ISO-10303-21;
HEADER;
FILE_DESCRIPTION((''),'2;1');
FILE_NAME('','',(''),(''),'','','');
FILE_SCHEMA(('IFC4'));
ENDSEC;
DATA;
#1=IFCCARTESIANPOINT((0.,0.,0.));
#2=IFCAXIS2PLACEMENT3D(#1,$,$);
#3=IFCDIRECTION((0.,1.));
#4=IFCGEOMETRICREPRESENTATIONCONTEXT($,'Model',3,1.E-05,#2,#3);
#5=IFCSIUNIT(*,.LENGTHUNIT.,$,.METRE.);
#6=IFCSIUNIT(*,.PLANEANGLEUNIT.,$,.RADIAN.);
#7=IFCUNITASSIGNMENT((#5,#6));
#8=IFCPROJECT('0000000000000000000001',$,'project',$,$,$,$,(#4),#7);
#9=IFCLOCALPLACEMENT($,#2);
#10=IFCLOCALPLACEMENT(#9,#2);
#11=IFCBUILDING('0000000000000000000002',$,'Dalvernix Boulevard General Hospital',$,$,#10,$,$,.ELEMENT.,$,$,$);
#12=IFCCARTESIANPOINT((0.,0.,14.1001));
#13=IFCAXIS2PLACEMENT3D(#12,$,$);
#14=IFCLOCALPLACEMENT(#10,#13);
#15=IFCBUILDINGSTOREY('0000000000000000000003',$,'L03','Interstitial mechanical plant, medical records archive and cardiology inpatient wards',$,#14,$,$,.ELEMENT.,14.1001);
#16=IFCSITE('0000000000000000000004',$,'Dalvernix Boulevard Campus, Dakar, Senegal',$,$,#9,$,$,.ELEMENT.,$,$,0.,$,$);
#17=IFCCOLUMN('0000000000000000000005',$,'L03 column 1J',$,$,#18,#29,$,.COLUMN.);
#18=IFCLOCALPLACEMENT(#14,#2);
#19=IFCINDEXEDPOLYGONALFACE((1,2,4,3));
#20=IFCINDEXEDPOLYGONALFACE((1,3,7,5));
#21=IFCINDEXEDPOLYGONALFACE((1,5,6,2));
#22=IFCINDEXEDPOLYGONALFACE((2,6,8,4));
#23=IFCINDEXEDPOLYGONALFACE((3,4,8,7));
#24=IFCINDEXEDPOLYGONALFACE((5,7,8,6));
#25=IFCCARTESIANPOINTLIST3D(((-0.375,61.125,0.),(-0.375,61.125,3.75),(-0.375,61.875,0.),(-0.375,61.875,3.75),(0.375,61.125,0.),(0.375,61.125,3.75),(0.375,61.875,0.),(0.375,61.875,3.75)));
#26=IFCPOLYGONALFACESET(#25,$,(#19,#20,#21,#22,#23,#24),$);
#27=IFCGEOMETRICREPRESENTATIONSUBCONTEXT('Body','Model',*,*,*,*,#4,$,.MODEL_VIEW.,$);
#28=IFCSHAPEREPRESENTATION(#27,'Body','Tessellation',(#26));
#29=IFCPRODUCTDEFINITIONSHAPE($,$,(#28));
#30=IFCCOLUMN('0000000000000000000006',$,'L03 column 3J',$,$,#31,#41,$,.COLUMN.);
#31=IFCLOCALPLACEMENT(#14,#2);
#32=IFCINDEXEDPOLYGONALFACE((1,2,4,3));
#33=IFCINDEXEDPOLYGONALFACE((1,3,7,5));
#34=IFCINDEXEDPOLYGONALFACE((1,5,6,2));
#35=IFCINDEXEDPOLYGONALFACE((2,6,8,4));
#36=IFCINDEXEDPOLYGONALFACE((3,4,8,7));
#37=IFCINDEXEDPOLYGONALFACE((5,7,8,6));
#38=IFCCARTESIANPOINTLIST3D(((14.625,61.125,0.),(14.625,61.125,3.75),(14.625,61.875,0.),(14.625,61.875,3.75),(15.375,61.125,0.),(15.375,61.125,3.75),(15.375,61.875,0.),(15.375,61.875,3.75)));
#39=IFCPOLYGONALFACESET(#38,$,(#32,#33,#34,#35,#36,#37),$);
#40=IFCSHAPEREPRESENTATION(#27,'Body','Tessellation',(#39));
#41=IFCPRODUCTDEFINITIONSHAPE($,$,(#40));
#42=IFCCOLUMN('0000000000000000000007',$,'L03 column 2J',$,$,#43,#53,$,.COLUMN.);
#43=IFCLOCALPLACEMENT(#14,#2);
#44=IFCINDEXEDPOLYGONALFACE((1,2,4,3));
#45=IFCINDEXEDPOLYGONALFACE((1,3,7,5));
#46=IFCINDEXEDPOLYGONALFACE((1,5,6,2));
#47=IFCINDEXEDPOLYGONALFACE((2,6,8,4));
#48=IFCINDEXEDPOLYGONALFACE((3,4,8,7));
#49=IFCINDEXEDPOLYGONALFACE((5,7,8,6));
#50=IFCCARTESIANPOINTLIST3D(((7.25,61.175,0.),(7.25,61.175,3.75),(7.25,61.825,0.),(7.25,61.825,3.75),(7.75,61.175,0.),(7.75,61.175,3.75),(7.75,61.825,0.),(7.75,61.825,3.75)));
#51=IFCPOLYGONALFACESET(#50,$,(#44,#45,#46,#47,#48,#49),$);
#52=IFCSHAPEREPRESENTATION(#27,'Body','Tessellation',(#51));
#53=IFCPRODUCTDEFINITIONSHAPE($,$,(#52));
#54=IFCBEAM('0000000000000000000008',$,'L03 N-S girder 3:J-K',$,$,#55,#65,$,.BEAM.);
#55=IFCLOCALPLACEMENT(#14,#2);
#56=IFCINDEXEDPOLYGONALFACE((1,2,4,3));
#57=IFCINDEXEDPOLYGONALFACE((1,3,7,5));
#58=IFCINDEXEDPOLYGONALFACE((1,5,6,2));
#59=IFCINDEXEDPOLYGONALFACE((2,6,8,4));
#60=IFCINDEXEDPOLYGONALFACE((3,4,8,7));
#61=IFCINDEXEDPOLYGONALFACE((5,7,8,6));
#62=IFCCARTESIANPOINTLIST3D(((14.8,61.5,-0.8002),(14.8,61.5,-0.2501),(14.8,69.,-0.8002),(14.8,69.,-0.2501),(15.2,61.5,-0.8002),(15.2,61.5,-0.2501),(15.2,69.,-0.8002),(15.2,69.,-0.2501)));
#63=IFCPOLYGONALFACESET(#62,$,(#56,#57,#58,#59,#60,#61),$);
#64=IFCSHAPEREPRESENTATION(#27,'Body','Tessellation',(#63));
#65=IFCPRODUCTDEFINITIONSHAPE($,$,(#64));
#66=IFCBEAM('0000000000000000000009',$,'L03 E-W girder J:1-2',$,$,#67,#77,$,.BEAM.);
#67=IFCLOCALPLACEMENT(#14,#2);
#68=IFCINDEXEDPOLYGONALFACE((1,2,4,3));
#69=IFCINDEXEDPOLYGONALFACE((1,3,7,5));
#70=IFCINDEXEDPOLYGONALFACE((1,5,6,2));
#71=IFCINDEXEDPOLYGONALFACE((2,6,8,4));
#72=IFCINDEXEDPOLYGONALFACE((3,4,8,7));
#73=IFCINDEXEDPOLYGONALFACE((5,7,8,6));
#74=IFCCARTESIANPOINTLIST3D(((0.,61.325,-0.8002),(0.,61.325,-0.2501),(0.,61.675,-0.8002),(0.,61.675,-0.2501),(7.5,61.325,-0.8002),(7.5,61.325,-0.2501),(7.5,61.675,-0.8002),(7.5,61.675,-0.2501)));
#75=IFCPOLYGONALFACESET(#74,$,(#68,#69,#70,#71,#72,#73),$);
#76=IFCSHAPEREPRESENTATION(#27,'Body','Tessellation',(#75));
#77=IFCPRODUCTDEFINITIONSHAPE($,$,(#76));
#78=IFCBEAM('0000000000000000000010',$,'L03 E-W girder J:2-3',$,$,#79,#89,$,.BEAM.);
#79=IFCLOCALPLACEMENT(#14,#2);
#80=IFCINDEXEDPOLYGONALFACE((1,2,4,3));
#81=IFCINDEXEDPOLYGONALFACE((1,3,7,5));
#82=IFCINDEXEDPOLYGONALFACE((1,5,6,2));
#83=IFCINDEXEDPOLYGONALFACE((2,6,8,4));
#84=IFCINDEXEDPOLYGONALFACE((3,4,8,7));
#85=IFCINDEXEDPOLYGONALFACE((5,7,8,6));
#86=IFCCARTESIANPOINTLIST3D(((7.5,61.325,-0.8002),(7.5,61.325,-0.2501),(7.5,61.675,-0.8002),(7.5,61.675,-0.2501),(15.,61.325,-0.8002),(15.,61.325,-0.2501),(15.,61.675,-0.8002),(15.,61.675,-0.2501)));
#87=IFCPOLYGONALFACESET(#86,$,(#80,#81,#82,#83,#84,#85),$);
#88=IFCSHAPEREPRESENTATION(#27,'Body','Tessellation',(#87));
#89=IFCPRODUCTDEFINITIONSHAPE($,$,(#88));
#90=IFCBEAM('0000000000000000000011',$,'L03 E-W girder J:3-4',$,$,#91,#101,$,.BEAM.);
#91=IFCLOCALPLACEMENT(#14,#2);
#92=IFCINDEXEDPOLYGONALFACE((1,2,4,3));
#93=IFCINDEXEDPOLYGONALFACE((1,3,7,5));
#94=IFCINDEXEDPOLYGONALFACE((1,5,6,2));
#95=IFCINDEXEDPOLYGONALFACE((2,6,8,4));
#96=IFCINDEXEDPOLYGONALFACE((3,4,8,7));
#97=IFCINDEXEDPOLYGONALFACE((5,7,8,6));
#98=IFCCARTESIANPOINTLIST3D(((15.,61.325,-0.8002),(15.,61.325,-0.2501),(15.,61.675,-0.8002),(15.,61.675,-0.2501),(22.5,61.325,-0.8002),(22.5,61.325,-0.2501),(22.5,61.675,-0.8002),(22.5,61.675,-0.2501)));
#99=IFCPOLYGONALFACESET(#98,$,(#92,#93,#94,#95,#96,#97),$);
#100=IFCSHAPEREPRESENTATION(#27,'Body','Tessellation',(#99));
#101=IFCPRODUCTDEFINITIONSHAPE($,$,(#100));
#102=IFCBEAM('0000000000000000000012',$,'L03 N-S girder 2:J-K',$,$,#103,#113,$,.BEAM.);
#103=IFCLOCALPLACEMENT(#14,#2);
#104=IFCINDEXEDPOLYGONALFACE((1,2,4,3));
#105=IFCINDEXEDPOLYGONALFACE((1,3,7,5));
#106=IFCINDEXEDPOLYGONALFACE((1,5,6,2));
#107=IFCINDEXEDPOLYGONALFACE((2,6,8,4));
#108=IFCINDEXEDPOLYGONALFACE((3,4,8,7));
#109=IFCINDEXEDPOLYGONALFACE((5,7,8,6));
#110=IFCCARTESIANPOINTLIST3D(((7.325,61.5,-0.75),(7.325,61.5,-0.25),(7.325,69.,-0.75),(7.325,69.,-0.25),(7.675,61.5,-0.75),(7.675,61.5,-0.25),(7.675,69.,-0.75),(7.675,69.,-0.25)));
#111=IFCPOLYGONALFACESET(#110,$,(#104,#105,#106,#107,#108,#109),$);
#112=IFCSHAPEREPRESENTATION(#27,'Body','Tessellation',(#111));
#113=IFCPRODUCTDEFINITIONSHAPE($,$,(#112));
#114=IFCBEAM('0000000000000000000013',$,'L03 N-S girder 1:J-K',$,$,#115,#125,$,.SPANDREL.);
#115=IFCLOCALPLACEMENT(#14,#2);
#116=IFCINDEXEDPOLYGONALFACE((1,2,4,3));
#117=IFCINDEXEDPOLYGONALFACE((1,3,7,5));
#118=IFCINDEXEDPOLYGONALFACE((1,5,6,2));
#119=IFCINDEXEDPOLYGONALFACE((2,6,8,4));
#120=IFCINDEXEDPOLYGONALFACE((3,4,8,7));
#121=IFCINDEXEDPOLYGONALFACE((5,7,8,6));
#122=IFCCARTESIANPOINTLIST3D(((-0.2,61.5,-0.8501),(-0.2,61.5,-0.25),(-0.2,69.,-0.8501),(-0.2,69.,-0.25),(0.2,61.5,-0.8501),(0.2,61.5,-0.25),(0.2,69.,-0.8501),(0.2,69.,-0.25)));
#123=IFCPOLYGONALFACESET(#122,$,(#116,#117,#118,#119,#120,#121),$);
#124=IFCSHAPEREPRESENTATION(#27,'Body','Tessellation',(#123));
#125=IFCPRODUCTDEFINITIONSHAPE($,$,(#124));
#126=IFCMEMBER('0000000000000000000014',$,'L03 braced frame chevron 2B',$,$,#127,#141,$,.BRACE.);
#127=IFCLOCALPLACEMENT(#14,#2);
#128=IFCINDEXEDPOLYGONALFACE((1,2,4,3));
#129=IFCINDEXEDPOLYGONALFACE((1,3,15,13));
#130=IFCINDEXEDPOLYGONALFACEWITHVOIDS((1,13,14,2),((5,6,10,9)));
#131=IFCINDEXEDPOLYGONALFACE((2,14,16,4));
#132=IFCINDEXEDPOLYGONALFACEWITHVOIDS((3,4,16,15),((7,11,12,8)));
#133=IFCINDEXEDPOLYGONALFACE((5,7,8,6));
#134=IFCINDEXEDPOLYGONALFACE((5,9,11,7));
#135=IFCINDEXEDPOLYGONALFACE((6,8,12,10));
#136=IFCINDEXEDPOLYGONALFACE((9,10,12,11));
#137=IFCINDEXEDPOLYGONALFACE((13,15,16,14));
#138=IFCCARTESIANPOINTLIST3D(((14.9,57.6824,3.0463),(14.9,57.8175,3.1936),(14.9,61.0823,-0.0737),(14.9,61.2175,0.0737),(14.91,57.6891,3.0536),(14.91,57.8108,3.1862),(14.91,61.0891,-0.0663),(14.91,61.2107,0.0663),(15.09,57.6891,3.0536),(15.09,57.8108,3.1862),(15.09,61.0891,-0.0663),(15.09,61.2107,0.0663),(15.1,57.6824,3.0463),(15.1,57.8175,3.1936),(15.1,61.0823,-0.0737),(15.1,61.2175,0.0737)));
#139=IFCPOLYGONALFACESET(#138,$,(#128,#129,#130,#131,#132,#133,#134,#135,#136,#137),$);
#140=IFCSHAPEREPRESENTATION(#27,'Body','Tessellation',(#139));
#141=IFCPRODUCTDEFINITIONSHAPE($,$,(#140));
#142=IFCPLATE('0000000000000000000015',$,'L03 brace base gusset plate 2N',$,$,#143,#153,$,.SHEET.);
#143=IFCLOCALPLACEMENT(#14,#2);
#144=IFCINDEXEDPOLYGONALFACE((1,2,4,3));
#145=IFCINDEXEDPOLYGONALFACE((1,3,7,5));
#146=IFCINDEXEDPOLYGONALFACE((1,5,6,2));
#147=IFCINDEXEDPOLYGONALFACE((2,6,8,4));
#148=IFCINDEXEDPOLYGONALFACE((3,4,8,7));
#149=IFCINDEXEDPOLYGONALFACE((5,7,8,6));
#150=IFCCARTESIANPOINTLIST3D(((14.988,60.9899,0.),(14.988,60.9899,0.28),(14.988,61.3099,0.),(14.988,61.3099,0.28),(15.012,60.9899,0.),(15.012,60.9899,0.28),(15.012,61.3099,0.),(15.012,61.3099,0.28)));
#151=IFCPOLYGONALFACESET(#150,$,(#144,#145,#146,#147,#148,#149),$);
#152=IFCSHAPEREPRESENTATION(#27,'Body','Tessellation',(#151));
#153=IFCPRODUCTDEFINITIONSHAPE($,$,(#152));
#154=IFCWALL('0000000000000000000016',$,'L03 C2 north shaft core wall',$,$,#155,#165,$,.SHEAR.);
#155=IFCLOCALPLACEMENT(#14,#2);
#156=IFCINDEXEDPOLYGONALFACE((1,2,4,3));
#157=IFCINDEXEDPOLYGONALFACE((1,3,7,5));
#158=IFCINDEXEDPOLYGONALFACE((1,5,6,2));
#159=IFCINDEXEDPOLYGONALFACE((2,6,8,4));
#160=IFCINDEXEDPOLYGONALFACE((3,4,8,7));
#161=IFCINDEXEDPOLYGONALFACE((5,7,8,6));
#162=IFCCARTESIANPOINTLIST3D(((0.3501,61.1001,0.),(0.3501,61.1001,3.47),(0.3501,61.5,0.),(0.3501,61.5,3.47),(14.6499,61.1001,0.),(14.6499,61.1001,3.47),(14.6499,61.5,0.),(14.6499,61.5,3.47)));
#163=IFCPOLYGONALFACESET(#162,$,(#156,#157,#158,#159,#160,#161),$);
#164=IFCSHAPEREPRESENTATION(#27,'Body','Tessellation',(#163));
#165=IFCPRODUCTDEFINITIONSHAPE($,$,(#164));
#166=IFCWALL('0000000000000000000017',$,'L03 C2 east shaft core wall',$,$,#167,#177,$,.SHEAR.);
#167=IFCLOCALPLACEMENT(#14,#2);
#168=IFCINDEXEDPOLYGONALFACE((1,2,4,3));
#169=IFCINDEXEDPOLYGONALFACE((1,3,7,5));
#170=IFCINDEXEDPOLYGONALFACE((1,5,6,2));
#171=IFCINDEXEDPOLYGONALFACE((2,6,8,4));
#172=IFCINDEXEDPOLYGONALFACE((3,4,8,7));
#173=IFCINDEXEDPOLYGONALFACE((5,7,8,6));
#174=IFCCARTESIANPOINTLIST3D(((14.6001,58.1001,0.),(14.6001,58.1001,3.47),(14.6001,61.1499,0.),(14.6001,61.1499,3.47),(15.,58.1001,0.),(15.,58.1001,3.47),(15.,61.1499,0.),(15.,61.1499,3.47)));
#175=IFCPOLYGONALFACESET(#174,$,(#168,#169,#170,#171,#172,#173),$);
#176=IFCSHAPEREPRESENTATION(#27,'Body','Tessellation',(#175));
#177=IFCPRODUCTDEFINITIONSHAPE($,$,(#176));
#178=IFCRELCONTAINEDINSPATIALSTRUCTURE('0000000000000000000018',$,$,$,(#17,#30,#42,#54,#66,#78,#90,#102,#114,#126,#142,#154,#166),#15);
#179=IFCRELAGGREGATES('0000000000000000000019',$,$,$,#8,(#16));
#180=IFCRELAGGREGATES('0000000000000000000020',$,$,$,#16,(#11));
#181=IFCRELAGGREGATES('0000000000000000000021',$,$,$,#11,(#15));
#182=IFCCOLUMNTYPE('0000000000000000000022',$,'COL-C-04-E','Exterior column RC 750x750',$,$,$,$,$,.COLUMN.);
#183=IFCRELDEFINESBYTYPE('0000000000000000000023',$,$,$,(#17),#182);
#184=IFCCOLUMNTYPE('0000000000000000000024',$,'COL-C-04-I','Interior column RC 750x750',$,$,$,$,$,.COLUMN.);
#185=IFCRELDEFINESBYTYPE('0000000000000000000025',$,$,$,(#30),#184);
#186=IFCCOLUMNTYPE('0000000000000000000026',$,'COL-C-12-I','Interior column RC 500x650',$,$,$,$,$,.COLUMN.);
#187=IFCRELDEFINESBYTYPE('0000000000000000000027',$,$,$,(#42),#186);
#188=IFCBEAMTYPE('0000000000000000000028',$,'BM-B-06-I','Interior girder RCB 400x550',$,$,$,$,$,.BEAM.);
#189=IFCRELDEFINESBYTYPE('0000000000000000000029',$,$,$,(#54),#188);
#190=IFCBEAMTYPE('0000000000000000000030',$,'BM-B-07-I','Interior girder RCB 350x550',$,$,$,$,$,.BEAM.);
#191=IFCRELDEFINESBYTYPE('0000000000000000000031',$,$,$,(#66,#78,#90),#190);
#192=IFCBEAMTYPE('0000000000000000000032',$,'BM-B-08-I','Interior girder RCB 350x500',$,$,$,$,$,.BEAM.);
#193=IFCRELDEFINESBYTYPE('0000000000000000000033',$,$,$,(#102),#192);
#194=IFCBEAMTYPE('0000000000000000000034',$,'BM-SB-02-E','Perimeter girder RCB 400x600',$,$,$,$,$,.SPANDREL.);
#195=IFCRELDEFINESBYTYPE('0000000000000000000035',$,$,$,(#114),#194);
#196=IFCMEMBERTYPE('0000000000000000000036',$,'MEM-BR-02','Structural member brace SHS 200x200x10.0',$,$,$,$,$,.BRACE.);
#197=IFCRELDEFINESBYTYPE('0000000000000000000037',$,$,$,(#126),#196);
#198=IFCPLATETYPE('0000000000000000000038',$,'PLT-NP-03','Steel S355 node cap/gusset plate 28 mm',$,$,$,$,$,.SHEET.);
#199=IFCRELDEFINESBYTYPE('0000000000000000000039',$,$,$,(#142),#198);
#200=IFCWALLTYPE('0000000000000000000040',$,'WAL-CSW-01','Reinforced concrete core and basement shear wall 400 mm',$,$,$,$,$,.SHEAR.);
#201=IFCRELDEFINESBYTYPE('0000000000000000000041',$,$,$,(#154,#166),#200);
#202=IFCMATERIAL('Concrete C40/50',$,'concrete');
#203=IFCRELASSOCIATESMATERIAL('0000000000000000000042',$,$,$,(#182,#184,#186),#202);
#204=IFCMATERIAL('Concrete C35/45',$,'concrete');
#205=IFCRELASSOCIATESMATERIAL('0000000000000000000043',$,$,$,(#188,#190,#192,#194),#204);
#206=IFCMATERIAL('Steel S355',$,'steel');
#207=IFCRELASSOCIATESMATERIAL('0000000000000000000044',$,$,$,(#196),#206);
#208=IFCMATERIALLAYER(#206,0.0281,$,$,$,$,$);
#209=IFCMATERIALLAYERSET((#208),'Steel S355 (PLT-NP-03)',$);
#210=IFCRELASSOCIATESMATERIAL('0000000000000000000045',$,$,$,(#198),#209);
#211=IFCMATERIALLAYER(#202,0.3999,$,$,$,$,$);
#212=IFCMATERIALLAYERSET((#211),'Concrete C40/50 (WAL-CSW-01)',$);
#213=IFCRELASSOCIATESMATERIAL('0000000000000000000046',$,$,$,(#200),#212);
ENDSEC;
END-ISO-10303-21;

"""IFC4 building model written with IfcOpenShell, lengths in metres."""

from ifc_helpers import new_model, si_unit, direction, frame, frame_2d, origin, origin_2d, place, context, subcontext, project, spatial, rectangle, hollow_rectangle, extrude, material, layer, layer_set, material_profile, profile_set, type_object, element, save


model = new_model("IFC4")

# Units and contexts
model_context = context("Model", 3, precision=1e-05, world=origin(), true_north=direction((0.0, 1.0)))
body_context = subcontext(model_context, "Body", "Model", "MODEL_VIEW")
ifc_project = project(units=[si_unit("LENGTHUNIT", "METRE"), si_unit("PLANEANGLEUNIT", "RADIAN")], contexts=[model_context])

# Site, building, storey
site_placement = place(None, origin())
site = spatial("IfcSite", under=ifc_project, at=site_placement, Name="Dalvernix Boulevard Campus, Dakar, Senegal", CompositionType="ELEMENT", RefElevation=0.0)
building_placement = place(site_placement, origin())
building = spatial("IfcBuilding", under=site, at=building_placement, Name="Dalvernix Boulevard General Hospital", CompositionType="ELEMENT")
storey_placement = place(building_placement, frame((0.0, 0.0, 14.1001)))
storey = spatial("IfcBuildingStorey", under=building, at=storey_placement, Name="L03", Description="Interstitial mechanical plant, medical records archive and cardiology inpatient wards", CompositionType="ELEMENT", Elevation=14.1001)

# Columns
ifc_material_1 = material(Name="Concrete C40/50", Category="concrete")
ifc_material_profile_1 = material_profile(ifc_material_1, rectangle(XDim=0.75, YDim=0.75, at=origin_2d()), Name="RC 750x750")
ifc_profile_set_1 = profile_set([ifc_material_profile_1], Name="Concrete C40/50")
column_type_1 = type_object("IfcColumnType", Name="COL-C-04-E", Description="Exterior column RC 750x750", PredefinedType="COLUMN", material=ifc_profile_set_1)
column_1_placement = place(storey_placement, frame((0.0, 61.5, 0.0), z_axis=(0.0, 0.0, 1.0), x_axis=(1.0, 0.0, 0.0)))
element("IfcColumn", 1, at=column_1_placement, inside=storey, type_object=column_type_1, Name="L03 column 1J", PredefinedType="COLUMN", context=body_context, shape_type="SweptSolid", body=[
    extrude(rectangle(XDim=0.75, YDim=0.75, at=origin_2d()), origin(), (0.0, 0.0, 1.0), 3.75),
])
ifc_material_profile_2 = material_profile(ifc_material_1, rectangle(XDim=0.75, YDim=0.75, at=origin_2d()), Name="RC 750x750")
ifc_profile_set_2 = profile_set([ifc_material_profile_2], Name="Concrete C40/50")
column_type_2 = type_object("IfcColumnType", Name="COL-C-04-I", Description="Interior column RC 750x750", PredefinedType="COLUMN", material=ifc_profile_set_2)
column_2_placement = place(storey_placement, frame((15.0, 61.5, 0.0), z_axis=(0.0, 0.0, 1.0), x_axis=(1.0, 0.0, 0.0)))
element("IfcColumn", 2, at=column_2_placement, inside=storey, type_object=column_type_2, Name="L03 column 3J", PredefinedType="COLUMN", context=body_context, shape_type="SweptSolid", body=[
    extrude(rectangle(XDim=0.75, YDim=0.75, at=origin_2d()), origin(), (0.0, 0.0, 1.0), 3.75),
])
ifc_material_profile_3 = material_profile(ifc_material_1, rectangle(XDim=0.5, YDim=0.6499, at=origin_2d()), Name="RC 500x650")
ifc_profile_set_3 = profile_set([ifc_material_profile_3], Name="Concrete C40/50")
column_type_3 = type_object("IfcColumnType", Name="COL-C-12-I", Description="Interior column RC 500x650", PredefinedType="COLUMN", material=ifc_profile_set_3)
column_3_placement = place(storey_placement, frame((7.5, 61.5, 0.0), z_axis=(0.0, 0.0, 1.0), x_axis=(1.0, 0.0, 0.0)))
element("IfcColumn", 3, at=column_3_placement, inside=storey, type_object=column_type_3, Name="L03 column 2J", PredefinedType="COLUMN", context=body_context, shape_type="SweptSolid", body=[
    extrude(rectangle(XDim=0.5, YDim=0.6499, at=origin_2d()), origin(), (0.0, 0.0, 1.0), 3.75),
])

# Beams
ifc_material_2 = material(Name="Concrete C35/45", Category="concrete")
ifc_material_profile_4 = material_profile(ifc_material_2, rectangle(XDim=0.3999, YDim=0.55, at=origin_2d()), Name="RCB 400x550")
ifc_profile_set_4 = profile_set([ifc_material_profile_4], Name="Concrete C35/45")
beam_type_1 = type_object("IfcBeamType", Name="BM-B-06-I", Description="Interior girder RCB 400x550", PredefinedType="BEAM", material=ifc_profile_set_4)
beam_1_placement = place(storey_placement, frame((15.0, 61.5, -0.5251), z_axis=(0.0, 1.0, 0.0), x_axis=(-1.0, 0.0, 0.0)))
element("IfcBeam", 4, at=beam_1_placement, inside=storey, type_object=beam_type_1, Name="L03 N-S girder 3:J-K", PredefinedType="BEAM", context=body_context, shape_type="SweptSolid", body=[
    extrude(rectangle(XDim=0.3999, YDim=0.55, at=origin_2d()), origin(), (0.0, 0.0, 1.0), 7.5),
])
ifc_material_profile_5 = material_profile(ifc_material_2, rectangle(XDim=0.3501, YDim=0.55, at=origin_2d()), Name="RCB 350x550")
ifc_profile_set_5 = profile_set([ifc_material_profile_5], Name="Concrete C35/45")
beam_type_2 = type_object("IfcBeamType", Name="BM-B-07-I", Description="Interior girder RCB 350x550", PredefinedType="BEAM", material=ifc_profile_set_5)
for number, where, z_axis, x_axis, name in (
    (5, (0.0, 61.5, -0.5251), (1.0, 0.0, 0.0), (0.0, 1.0, 0.0), "L03 E-W girder J:1-2"),
    (6, (7.5, 61.5, -0.5251), (1.0, 0.0, 0.0), (0.0, 1.0, 0.0), "L03 E-W girder J:2-3"),
    (7, (15.0, 61.5, -0.5251), (1.0, 0.0, 0.0), (0.0, 1.0, 0.0), "L03 E-W girder J:3-4"),
):
    element("IfcBeam", number, at=place(storey_placement, frame(where, z_axis=z_axis, x_axis=x_axis)), inside=storey, type_object=beam_type_2, Name=name, PredefinedType="BEAM", context=body_context, shape_type="SweptSolid", body=[
        extrude(rectangle(XDim=0.3501, YDim=0.55, at=origin_2d()), origin(), (0.0, 0.0, 1.0), 7.5),
    ])
ifc_material_profile_6 = material_profile(ifc_material_2, rectangle(XDim=0.3501, YDim=0.5, at=origin_2d()), Name="RCB 350x500")
ifc_profile_set_6 = profile_set([ifc_material_profile_6], Name="Concrete C35/45")
beam_type_3 = type_object("IfcBeamType", Name="BM-B-08-I", Description="Interior girder RCB 350x500", PredefinedType="BEAM", material=ifc_profile_set_6)
beam_2_placement = place(storey_placement, frame((7.5, 61.5, -0.5), z_axis=(0.0, 1.0, 0.0), x_axis=(-1.0, 0.0, 0.0)))
element("IfcBeam", 8, at=beam_2_placement, inside=storey, type_object=beam_type_3, Name="L03 N-S girder 2:J-K", PredefinedType="BEAM", context=body_context, shape_type="SweptSolid", body=[
    extrude(rectangle(XDim=0.3501, YDim=0.5, at=origin_2d()), origin(), (0.0, 0.0, 1.0), 7.5),
])
ifc_material_profile_7 = material_profile(ifc_material_2, rectangle(XDim=0.3999, YDim=0.6001, at=origin_2d()), Name="RCB 400x600")
ifc_profile_set_7 = profile_set([ifc_material_profile_7], Name="Concrete C35/45")
beam_type_4 = type_object("IfcBeamType", Name="BM-SB-02-E", Description="Perimeter girder RCB 400x600", PredefinedType="SPANDREL", material=ifc_profile_set_7)
beam_3_placement = place(storey_placement, frame((0.0, 61.5, -0.55), z_axis=(0.0, 1.0, 0.0), x_axis=(-1.0, 0.0, 0.0)))
element("IfcBeam", 9, at=beam_3_placement, inside=storey, type_object=beam_type_4, Name="L03 N-S girder 1:J-K", PredefinedType="SPANDREL", context=body_context, shape_type="SweptSolid", body=[
    extrude(rectangle(XDim=0.3999, YDim=0.6001, at=origin_2d()), origin(), (0.0, 0.0, 1.0), 7.5),
])

# Member
ifc_material_3 = material(Name="Steel S355", Category="steel")
ifc_material_profile_8 = material_profile(ifc_material_3, hollow_rectangle(XDim=0.2, YDim=0.2, WallThickness=0.01, at=origin_2d()), Name="SHS 200x200x10.0")
ifc_profile_set_8 = profile_set([ifc_material_profile_8], Name="Steel S355")
member_type = type_object("IfcMemberType", Name="MEM-BR-02", Description="Structural member brace SHS 200x200x10.0", PredefinedType="BRACE", material=ifc_profile_set_8)
member_placement = place(storey_placement, frame((15.0, 61.1499, 0.0), z_axis=(0.0, -0.736798, 0.676113), x_axis=(1.0, 0.0, 0.0)))
element("IfcMember", 10, at=member_placement, inside=storey, type_object=member_type, Name="L03 braced frame chevron 2B", PredefinedType="BRACE", context=body_context, shape_type="SweptSolid", body=[
    extrude(hollow_rectangle(XDim=0.2, YDim=0.2, WallThickness=0.01, at=origin_2d()), origin(), (0.0, 0.0, 1.0), 4.6145),
])

# Plate
ifc_layer_1 = layer(ifc_material_3, 0.0281)
ifc_layer_set_1 = layer_set([ifc_layer_1], Name="Steel S355 (PLT-NP-03)")
plate_type = type_object("IfcPlateType", Name="PLT-NP-03", Description="Steel S355 node cap/gusset plate 28 mm", PredefinedType="SHEET", material=ifc_layer_set_1)
plate_placement = place(storey_placement, frame((15.0, 61.1499, 0.0), z_axis=(0.0, 0.0, 1.0), x_axis=(0.0, 1.0, 0.0)))
element("IfcPlate", 11, at=plate_placement, inside=storey, type_object=plate_type, Name="L03 brace base gusset plate 2N", PredefinedType="SHEET", context=body_context, shape_type="SweptSolid", body=[
    extrude(rectangle(XDim=0.3201, YDim=0.0239, at=origin_2d()), origin(), (0.0, 0.0, 1.0), 0.28),
])

# Walls
ifc_layer_2 = layer(ifc_material_1, 0.3999)
ifc_layer_set_2 = layer_set([ifc_layer_2], Name="Concrete C40/50 (WAL-CSW-01)")
wall_type_1 = type_object("IfcWallType", Name="WAL-CSW-01", Description="Reinforced concrete core and basement shear wall 400 mm", PredefinedType="SHEAR", material=ifc_layer_set_2)
wall_1_placement = place(storey_placement, frame((0.3501, 61.3, 0.0), z_axis=(0.0, 0.0, 1.0), x_axis=(1.0, 0.0, 0.0)))
element("IfcWall", 12, at=wall_1_placement, inside=storey, type_object=wall_type_1, Name="L03 C2 north shaft core wall", PredefinedType="SHEAR", context=body_context, shape_type="SweptSolid", body=[
    extrude(rectangle(XDim=14.2998, YDim=0.3999, at=frame_2d((7.1499, 0.0))), origin(), (0.0, 0.0, 1.0), 3.47),
])
wall_2_placement = place(storey_placement, frame((14.8, 58.1001, 0.0), z_axis=(0.0, 0.0, 1.0), x_axis=(0.0, 1.0, 0.0)))
element("IfcWall", 13, at=wall_2_placement, inside=storey, type_object=wall_type_1, Name="L03 C2 east shaft core wall", PredefinedType="SHEAR", context=body_context, shape_type="SweptSolid", body=[
    extrude(rectangle(XDim=3.0498, YDim=0.3999, at=frame_2d((1.5249, 0.0))), origin(), (0.0, 0.0, 1.0), 3.47),
])

save(model, "model.ifc")
